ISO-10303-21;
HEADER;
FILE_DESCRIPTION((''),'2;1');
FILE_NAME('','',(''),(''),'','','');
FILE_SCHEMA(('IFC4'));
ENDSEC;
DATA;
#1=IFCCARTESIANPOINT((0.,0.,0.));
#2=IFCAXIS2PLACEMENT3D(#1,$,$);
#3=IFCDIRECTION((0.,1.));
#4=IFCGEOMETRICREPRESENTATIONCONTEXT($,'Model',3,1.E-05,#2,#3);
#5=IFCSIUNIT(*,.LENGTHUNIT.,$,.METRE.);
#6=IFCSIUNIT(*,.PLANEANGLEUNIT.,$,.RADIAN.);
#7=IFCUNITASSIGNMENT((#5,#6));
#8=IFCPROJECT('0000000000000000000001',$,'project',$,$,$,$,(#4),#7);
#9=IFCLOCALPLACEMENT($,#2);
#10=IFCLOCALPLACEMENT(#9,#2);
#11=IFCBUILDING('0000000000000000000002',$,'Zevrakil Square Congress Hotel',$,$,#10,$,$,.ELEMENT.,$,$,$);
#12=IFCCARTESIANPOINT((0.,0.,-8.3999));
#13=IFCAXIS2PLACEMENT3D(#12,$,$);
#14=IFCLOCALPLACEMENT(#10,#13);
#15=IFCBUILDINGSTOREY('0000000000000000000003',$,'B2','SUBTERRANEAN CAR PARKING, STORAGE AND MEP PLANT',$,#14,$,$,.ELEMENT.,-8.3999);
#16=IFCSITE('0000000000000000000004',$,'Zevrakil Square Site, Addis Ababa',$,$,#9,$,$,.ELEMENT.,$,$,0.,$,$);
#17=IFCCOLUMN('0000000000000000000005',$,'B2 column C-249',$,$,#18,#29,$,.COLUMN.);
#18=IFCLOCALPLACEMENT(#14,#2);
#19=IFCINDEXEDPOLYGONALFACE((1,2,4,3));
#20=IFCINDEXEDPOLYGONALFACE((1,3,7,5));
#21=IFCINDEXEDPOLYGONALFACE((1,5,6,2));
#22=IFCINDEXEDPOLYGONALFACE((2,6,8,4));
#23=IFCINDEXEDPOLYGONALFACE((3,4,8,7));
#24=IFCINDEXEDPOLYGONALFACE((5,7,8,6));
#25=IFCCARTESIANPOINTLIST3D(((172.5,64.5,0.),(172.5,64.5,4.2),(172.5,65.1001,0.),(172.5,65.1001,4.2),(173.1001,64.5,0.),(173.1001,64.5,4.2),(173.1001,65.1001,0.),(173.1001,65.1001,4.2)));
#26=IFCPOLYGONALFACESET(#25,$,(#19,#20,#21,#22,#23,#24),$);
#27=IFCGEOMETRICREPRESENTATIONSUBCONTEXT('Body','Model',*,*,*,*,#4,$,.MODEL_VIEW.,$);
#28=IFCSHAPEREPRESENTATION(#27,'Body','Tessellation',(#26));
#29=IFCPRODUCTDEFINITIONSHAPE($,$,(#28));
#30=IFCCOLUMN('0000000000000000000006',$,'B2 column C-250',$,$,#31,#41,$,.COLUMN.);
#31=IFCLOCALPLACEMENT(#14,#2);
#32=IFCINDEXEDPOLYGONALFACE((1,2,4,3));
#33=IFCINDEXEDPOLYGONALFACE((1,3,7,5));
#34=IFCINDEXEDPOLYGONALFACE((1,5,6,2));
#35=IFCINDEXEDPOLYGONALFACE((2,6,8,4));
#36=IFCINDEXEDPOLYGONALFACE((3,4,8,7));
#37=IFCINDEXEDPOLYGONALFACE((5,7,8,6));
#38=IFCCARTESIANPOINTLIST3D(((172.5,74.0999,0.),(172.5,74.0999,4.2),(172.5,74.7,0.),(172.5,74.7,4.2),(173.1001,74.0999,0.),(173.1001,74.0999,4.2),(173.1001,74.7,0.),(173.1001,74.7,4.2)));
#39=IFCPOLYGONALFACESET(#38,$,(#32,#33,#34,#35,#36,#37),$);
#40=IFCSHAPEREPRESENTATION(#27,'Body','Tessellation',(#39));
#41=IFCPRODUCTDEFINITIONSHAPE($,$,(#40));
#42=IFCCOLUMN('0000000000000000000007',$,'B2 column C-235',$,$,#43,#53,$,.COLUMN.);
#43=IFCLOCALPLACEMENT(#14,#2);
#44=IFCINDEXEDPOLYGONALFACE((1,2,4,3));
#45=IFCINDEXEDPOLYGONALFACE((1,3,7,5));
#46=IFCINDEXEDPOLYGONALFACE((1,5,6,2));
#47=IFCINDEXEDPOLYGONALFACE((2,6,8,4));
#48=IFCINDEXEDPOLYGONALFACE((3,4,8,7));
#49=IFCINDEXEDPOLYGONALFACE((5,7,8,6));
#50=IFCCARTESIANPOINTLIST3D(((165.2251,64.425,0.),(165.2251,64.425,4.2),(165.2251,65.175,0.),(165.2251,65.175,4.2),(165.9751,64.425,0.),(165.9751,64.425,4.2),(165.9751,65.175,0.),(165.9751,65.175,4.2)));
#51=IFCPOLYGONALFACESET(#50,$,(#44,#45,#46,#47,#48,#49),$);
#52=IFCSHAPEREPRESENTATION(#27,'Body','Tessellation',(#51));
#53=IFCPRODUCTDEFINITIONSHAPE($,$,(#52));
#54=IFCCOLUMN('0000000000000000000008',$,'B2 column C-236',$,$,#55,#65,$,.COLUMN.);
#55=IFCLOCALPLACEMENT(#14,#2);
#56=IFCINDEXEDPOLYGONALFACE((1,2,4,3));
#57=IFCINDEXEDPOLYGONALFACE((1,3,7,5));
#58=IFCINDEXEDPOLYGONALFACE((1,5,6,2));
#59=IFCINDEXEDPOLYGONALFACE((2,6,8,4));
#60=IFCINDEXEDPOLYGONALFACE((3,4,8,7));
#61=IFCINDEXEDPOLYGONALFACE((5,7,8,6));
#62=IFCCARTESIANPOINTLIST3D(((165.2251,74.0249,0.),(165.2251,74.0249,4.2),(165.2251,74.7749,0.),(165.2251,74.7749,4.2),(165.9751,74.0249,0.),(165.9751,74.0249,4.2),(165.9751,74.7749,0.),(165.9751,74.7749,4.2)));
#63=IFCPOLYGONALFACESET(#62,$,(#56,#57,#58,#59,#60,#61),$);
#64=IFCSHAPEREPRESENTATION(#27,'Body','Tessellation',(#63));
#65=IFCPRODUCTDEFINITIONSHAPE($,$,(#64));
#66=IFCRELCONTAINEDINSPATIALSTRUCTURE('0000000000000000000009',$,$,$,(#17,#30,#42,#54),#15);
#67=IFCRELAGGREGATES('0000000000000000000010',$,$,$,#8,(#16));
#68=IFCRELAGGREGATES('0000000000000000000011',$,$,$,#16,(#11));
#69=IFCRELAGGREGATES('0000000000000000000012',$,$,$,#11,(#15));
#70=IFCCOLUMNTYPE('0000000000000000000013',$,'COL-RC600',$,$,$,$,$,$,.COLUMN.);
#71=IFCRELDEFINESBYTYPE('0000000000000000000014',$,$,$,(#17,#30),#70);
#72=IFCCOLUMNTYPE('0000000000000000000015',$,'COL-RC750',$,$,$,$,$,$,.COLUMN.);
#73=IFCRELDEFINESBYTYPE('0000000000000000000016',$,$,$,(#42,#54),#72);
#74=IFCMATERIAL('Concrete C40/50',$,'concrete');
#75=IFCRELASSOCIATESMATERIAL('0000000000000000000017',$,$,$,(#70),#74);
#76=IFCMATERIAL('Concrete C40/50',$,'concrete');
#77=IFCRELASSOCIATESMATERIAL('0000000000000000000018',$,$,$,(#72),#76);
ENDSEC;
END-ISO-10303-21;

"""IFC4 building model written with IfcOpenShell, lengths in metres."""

from ifc_helpers import new_model, si_unit, direction, frame, origin, origin_2d, place, context, subcontext, project, spatial, rectangle, extrude, material, material_profile, profile_set, type_object, element, save


model = new_model("IFC4")

# Units and contexts
model_context = context("Model", 3, precision=1e-05, world=origin(), true_north=direction((0.0, 1.0)))
body_context = subcontext(model_context, "Body", "Model", "MODEL_VIEW")
ifc_project = project(units=[si_unit("LENGTHUNIT", "METRE"), si_unit("PLANEANGLEUNIT", "RADIAN")], contexts=[model_context])

# Site, building, storey
site_placement = place(None, origin())
site = spatial("IfcSite", under=ifc_project, at=site_placement, Name="Zevrakil Square Site, Addis Ababa", CompositionType="ELEMENT", RefElevation=0.0)
building_placement = place(site_placement, origin())
building = spatial("IfcBuilding", under=site, at=building_placement, Name="Zevrakil Square Congress Hotel", CompositionType="ELEMENT")
storey_placement = place(building_placement, frame((0.0, 0.0, -8.3999)))
storey = spatial("IfcBuildingStorey", under=building, at=storey_placement, Name="B2", Description="SUBTERRANEAN CAR PARKING, STORAGE AND MEP PLANT", CompositionType="ELEMENT", Elevation=-8.3999)

# Columns
ifc_material_1 = material(Name="Concrete C40/50", Category="concrete")
ifc_material_profile_1 = material_profile(ifc_material_1, rectangle(XDim=0.6001, YDim=0.6001, at=origin_2d()), Name="RC 600x600")
ifc_profile_set_1 = profile_set([ifc_material_profile_1], Name="Concrete C40/50")
column_type_1 = type_object("IfcColumnType", Name="COL-RC600", PredefinedType="COLUMN", material=ifc_profile_set_1)
for number, where, z_axis, x_axis, name in (
    (1, (172.8, 64.8, 0.0), (0.0, 0.0, 1.0), (1.0, 0.0, 0.0), "B2 column C-249"),
    (2, (172.8, 74.3999, 0.0), (0.0, 0.0, 1.0), (1.0, 0.0, 0.0), "B2 column C-250"),
):
    element("IfcColumn", number, at=place(storey_placement, frame(where, z_axis=z_axis, x_axis=x_axis)), inside=storey, type_object=column_type_1, Name=name, PredefinedType="COLUMN", context=body_context, shape_type="SweptSolid", body=[
        extrude(rectangle(XDim=0.6001, YDim=0.6001, at=origin_2d()), origin(), (0.0, 0.0, 1.0), 4.2),
    ])
ifc_material_2 = material(Name="Concrete C40/50", Category="concrete")
ifc_material_profile_2 = material_profile(ifc_material_2, rectangle(XDim=0.75, YDim=0.75, at=origin_2d()), Name="RC 750x750")
ifc_profile_set_2 = profile_set([ifc_material_profile_2], Name="Concrete C40/50")
column_type_2 = type_object("IfcColumnType", Name="COL-RC750", PredefinedType="COLUMN", material=ifc_profile_set_2)
for number, where, z_axis, x_axis, name in (
    (3, (165.6001, 64.8, 0.0), (0.0, 0.0, 1.0), (1.0, 0.0, 0.0), "B2 column C-235"),
    (4, (165.6001, 74.3999, 0.0), (0.0, 0.0, 1.0), (1.0, 0.0, 0.0), "B2 column C-236"),
):
    element("IfcColumn", number, at=place(storey_placement, frame(where, z_axis=z_axis, x_axis=x_axis)), inside=storey, type_object=column_type_2, Name=name, PredefinedType="COLUMN", context=body_context, shape_type="SweptSolid", body=[
        extrude(rectangle(XDim=0.75, YDim=0.75, at=origin_2d()), origin(), (0.0, 0.0, 1.0), 4.2),
    ])

save(model, "model.ifc")
